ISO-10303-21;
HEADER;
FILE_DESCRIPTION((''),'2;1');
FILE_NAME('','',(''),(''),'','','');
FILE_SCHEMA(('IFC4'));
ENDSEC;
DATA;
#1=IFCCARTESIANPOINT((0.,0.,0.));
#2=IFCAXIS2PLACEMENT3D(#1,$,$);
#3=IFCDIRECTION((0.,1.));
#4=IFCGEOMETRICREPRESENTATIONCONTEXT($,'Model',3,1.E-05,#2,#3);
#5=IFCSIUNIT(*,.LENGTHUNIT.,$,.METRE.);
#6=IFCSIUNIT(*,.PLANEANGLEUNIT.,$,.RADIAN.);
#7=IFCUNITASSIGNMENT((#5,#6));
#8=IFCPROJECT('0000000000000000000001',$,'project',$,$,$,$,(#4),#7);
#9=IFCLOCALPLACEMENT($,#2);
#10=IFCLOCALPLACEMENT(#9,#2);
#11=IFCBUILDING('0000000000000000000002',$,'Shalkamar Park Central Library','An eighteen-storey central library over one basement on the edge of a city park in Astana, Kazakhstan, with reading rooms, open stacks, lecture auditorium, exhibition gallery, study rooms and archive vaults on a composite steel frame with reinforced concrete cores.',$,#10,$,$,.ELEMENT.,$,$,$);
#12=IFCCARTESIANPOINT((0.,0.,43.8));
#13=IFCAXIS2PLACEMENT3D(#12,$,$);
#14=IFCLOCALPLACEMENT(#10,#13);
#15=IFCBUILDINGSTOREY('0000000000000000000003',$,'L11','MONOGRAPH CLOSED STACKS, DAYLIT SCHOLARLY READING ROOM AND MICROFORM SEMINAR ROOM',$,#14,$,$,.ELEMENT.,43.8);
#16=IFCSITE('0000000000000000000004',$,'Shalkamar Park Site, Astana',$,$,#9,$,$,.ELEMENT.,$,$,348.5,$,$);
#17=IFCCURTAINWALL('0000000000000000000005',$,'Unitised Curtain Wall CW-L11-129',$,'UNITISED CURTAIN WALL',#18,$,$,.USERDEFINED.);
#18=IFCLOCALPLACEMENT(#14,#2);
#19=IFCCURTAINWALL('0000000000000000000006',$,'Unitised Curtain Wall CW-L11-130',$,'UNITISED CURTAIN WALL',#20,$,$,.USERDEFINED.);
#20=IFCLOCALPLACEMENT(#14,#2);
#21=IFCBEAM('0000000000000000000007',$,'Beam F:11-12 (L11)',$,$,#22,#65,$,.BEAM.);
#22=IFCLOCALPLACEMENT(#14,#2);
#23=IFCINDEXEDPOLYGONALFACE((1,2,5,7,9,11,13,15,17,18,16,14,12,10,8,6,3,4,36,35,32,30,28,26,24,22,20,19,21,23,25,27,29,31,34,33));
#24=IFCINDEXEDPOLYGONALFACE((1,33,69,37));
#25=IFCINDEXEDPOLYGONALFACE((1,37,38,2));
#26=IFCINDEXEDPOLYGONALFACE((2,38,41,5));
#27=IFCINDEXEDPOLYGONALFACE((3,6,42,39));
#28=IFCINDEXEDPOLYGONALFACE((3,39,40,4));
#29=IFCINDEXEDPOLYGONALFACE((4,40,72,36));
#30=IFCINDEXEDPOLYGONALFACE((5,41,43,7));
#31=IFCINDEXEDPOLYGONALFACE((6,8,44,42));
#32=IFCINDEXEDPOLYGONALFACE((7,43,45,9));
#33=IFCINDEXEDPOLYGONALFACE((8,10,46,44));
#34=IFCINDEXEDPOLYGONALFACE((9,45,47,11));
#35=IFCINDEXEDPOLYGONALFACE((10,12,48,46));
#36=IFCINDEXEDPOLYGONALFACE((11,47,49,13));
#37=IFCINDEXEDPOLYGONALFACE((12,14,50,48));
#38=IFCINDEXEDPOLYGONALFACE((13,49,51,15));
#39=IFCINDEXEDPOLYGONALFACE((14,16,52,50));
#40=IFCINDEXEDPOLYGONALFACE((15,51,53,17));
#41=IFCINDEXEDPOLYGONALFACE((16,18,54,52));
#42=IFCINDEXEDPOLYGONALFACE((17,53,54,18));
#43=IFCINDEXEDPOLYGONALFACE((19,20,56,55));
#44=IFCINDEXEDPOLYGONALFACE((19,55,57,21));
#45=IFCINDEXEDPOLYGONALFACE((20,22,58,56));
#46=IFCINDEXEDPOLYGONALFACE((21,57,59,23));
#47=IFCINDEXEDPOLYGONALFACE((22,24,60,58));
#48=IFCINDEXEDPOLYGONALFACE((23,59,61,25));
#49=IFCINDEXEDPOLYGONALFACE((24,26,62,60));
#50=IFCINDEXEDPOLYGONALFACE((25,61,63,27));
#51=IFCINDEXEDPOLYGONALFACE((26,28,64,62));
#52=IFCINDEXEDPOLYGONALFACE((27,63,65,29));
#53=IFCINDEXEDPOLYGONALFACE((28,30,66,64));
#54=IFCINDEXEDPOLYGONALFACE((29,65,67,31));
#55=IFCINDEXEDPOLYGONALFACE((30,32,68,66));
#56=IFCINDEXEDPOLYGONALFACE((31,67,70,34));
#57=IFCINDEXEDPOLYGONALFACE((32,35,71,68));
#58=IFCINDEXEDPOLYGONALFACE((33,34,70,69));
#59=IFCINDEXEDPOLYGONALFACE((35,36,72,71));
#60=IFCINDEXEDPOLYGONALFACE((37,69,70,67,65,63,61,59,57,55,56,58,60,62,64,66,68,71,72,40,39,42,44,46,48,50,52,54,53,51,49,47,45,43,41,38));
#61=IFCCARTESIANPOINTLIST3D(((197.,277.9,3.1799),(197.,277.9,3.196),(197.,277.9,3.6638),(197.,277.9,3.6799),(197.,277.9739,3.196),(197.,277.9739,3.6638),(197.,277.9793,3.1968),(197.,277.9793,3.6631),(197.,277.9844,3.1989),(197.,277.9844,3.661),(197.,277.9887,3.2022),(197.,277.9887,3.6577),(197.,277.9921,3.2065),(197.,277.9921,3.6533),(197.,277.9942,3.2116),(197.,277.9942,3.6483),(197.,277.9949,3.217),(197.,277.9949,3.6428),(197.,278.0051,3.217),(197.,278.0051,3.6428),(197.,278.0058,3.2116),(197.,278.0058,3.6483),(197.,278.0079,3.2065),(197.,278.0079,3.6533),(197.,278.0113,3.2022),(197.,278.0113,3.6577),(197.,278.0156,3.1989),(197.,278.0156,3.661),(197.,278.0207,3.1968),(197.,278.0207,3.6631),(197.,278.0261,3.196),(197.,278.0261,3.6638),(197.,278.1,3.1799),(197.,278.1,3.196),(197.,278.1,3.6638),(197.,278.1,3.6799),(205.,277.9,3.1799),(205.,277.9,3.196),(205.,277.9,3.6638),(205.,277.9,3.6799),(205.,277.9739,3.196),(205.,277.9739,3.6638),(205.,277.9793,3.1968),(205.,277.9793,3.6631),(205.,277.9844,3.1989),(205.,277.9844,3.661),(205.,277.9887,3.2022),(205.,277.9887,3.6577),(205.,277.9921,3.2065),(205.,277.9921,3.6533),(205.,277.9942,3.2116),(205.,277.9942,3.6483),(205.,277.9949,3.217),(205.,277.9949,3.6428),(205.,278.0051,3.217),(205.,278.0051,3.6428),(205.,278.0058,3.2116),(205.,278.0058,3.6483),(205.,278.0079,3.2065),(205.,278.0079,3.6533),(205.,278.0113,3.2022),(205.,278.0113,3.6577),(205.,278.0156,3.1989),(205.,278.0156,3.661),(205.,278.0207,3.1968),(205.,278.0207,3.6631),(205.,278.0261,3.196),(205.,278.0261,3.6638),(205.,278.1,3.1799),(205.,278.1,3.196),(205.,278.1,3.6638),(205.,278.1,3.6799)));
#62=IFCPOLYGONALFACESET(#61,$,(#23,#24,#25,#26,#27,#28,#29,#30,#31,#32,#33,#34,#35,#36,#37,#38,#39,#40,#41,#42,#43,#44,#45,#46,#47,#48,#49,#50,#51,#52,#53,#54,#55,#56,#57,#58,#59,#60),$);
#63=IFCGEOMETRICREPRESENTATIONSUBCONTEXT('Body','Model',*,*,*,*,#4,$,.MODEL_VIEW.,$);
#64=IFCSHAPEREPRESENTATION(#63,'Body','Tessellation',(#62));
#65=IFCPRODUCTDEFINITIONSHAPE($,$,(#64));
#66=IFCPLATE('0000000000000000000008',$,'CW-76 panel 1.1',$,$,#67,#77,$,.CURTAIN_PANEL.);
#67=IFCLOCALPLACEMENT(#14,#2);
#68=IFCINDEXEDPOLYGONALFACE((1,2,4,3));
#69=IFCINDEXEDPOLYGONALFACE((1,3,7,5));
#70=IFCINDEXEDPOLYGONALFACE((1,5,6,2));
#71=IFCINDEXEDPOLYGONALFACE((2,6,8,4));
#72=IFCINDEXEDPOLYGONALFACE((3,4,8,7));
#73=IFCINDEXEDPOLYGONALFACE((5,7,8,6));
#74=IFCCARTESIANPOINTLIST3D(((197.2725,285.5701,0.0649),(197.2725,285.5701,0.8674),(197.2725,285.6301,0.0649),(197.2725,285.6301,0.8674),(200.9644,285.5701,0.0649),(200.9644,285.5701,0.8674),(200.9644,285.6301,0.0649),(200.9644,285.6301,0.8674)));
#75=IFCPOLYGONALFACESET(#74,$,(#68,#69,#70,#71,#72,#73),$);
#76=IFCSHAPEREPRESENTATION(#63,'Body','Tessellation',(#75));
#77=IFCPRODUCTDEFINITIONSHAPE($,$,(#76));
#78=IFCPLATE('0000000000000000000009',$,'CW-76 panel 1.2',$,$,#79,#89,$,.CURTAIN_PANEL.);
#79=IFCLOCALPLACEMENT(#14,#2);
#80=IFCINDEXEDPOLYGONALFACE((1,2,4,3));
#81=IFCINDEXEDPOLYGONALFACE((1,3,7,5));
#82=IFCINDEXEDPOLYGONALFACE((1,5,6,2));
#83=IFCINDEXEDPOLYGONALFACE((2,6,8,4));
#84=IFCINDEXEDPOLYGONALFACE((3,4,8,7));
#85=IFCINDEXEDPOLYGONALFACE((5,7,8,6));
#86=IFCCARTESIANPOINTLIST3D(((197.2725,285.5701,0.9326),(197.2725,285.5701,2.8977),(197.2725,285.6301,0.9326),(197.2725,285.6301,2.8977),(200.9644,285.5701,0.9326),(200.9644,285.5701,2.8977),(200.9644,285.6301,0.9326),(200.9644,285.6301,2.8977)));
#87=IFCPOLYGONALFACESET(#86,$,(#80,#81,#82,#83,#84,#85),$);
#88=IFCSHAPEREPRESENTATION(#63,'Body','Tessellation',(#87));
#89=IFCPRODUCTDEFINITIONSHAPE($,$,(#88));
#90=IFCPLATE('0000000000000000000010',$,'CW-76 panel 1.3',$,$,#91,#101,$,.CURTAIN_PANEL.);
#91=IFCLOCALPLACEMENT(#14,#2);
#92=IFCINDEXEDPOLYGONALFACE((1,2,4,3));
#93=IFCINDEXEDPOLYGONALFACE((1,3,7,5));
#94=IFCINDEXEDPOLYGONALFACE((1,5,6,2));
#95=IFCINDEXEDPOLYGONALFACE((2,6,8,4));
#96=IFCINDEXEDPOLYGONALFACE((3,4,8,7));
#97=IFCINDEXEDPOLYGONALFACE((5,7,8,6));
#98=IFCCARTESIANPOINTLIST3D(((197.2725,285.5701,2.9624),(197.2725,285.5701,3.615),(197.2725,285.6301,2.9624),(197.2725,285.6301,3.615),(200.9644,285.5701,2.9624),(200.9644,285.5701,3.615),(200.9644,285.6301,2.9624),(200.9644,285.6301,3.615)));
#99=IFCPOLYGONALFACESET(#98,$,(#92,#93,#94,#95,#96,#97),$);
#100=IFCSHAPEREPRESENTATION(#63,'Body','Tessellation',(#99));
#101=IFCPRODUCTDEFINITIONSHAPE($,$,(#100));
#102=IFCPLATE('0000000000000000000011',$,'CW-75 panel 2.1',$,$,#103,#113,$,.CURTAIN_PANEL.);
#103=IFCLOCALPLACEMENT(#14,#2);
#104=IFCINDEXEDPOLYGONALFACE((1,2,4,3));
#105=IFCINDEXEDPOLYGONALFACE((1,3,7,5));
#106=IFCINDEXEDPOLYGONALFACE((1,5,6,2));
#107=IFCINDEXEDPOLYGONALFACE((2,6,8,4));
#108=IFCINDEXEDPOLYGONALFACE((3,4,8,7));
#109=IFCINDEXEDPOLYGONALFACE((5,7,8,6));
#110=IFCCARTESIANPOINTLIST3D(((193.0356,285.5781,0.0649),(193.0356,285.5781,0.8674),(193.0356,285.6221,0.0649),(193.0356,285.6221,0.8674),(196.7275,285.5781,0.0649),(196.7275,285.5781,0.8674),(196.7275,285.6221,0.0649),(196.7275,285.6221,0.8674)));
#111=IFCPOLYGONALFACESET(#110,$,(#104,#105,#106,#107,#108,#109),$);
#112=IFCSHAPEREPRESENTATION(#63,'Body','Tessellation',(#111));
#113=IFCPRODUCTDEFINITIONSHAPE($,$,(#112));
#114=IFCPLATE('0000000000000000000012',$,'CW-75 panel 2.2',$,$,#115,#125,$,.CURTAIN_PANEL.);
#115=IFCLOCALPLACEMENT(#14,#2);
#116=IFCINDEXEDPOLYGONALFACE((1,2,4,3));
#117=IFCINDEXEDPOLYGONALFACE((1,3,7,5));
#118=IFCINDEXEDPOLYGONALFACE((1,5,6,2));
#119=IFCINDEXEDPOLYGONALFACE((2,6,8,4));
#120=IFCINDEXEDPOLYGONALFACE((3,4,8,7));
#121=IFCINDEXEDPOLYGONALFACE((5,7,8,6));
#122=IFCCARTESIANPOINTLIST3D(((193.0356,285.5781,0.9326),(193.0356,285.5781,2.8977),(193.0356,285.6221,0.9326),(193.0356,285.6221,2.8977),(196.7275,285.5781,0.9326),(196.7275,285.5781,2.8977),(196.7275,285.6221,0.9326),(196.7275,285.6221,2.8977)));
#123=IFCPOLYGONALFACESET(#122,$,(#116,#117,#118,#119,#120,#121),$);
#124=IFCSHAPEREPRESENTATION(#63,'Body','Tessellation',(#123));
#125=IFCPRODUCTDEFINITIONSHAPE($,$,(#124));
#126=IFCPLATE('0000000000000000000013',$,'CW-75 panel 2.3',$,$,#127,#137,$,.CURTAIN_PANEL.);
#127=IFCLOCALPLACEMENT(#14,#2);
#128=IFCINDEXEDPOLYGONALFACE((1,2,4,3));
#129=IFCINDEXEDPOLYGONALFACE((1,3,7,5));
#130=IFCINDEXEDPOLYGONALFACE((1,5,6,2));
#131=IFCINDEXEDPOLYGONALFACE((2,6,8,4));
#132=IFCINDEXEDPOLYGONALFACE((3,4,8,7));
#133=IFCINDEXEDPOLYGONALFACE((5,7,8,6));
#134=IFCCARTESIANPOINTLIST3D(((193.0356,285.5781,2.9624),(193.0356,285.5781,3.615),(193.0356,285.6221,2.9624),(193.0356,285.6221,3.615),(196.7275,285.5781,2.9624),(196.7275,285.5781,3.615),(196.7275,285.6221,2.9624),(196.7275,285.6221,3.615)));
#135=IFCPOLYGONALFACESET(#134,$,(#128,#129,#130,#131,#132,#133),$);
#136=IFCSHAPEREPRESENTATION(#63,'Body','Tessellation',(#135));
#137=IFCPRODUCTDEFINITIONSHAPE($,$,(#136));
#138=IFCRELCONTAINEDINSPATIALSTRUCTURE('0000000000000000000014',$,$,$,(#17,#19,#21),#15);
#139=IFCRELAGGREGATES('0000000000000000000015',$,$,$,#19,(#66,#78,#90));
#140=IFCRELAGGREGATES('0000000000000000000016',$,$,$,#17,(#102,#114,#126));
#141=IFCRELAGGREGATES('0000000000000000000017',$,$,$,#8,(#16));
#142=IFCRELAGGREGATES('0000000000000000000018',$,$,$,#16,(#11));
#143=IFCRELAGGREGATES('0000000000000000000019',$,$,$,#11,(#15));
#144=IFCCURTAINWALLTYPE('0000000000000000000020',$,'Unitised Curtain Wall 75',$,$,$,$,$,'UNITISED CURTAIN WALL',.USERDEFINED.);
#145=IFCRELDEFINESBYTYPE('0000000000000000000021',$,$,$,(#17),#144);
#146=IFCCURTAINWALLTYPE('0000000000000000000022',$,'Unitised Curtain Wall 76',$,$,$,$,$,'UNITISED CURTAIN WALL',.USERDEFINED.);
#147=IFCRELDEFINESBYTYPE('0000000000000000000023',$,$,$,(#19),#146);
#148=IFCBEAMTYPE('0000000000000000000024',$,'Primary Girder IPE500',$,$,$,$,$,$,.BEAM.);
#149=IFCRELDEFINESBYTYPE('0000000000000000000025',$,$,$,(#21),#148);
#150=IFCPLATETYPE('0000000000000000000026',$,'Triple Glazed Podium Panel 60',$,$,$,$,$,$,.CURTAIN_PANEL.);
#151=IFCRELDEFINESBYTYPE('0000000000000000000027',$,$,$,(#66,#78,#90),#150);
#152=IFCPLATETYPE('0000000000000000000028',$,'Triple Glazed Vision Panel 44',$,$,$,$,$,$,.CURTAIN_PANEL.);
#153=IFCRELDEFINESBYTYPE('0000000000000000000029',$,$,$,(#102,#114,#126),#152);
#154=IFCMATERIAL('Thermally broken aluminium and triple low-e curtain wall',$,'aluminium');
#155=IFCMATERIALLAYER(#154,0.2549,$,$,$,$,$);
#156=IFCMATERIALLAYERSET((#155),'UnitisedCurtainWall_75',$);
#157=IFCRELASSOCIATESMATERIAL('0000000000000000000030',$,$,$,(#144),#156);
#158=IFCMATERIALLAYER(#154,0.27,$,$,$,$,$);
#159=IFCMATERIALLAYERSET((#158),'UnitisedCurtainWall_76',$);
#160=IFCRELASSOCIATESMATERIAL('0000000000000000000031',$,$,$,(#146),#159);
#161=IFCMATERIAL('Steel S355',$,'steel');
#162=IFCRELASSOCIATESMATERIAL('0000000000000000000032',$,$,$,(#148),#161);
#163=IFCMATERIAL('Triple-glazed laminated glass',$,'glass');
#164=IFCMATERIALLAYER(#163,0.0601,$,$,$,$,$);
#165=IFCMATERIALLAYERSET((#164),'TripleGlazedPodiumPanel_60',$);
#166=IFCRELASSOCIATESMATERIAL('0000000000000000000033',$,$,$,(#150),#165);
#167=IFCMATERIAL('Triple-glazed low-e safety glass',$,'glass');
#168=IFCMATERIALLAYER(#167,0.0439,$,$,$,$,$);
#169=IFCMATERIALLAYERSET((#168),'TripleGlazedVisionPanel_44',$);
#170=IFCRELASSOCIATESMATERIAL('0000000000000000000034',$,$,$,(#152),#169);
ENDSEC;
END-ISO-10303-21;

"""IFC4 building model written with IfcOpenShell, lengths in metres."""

from ifc_helpers import new_model, si_unit, direction, frame, origin, origin_2d, place, context, subcontext, project, spatial, rectangle, i_section, extrude, material, layer, layer_set, material_profile, profile_set, type_object, element, aggregate, save


model = new_model("IFC4")

# Units and contexts
model_context = context("Model", 3, precision=1e-05, world=origin(), true_north=direction((0.0, 1.0)))
body_context = subcontext(model_context, "Body", "Model", "MODEL_VIEW")
ifc_project = project(units=[si_unit("LENGTHUNIT", "METRE"), si_unit("PLANEANGLEUNIT", "RADIAN")], contexts=[model_context])

# Site, building, storey
site_placement = place(None, origin())
site = spatial("IfcSite", under=ifc_project, at=site_placement, Name="Shalkamar Park Site, Astana", CompositionType="ELEMENT", RefElevation=348.5)
building_placement = place(site_placement, origin())
building = spatial("IfcBuilding", under=site, at=building_placement, Name="Shalkamar Park Central Library", Description="An eighteen-storey central library over one basement on the edge of a city park in Astana, Kazakhstan, with reading rooms, open stacks, lecture auditorium, exhibition gallery, study rooms and archive vaults on a composite steel frame with reinforced concrete cores.", CompositionType="ELEMENT")
storey_placement = place(building_placement, frame((0.0, 0.0, 43.8)))
storey = spatial("IfcBuildingStorey", under=building, at=storey_placement, Name="L11", Description="MONOGRAPH CLOSED STACKS, DAYLIT SCHOLARLY READING ROOM AND MICROFORM SEMINAR ROOM", CompositionType="ELEMENT", Elevation=43.8)

# Shared definitions
ifc_material_1 = material(Name="Steel S355", Category="steel")

# Curtain walls
ifc_material_2 = material(Name="Thermally broken aluminium and triple low-e curtain wall", Category="aluminium")
ifc_layer_1 = layer(ifc_material_2, 0.2549)
ifc_layer_set_1 = layer_set([ifc_layer_1], Name="UnitisedCurtainWall_75")
curtain_wall_type_1 = type_object("IfcCurtainWallType", Name="Unitised Curtain Wall 75", ElementType="UNITISED CURTAIN WALL", PredefinedType="USERDEFINED", material=ifc_layer_set_1)
curtain_wall_1_placement = place(storey_placement, origin())
curtain_wall_1 = element("IfcCurtainWall", 1, at=curtain_wall_1_placement, inside=storey, type_object=curtain_wall_type_1, Name="Unitised Curtain Wall CW-L11-129", ObjectType="UNITISED CURTAIN WALL", PredefinedType="USERDEFINED")
ifc_layer_2 = layer(ifc_material_2, 0.27)
ifc_layer_set_2 = layer_set([ifc_layer_2], Name="UnitisedCurtainWall_76")
curtain_wall_type_2 = type_object("IfcCurtainWallType", Name="Unitised Curtain Wall 76", ElementType="UNITISED CURTAIN WALL", PredefinedType="USERDEFINED", material=ifc_layer_set_2)
curtain_wall_2_placement = place(storey_placement, origin())
curtain_wall_2 = element("IfcCurtainWall", 2, at=curtain_wall_2_placement, inside=storey, type_object=curtain_wall_type_2, Name="Unitised Curtain Wall CW-L11-130", ObjectType="UNITISED CURTAIN WALL", PredefinedType="USERDEFINED")

# Beam
ifc_material_profile_1 = material_profile(ifc_material_1, i_section(OverallWidth=0.2, OverallDepth=0.5, WebThickness=0.0103, FlangeThickness=0.0161, FilletRadius=0.021, at=origin_2d()), Name="IPE 500")
ifc_profile_set_1 = profile_set([ifc_material_profile_1], Name="Steel S355")
beam_type_1 = type_object("IfcBeamType", Name="Primary Girder IPE500", PredefinedType="BEAM", material=ifc_profile_set_1)
beam_1_placement = place(storey_placement, frame((197.0, 278.0, 3.4299), z_axis=(1.0, 0.0, 0.0), x_axis=(0.0, 1.0, 0.0)))
element("IfcBeam", 3, at=beam_1_placement, inside=storey, type_object=beam_type_1, Name="Beam F:11-12 (L11)", PredefinedType="BEAM", context=body_context, shape_type="SweptSolid", body=[
    extrude(i_section(OverallWidth=0.2, OverallDepth=0.5, WebThickness=0.0103, FlangeThickness=0.0161, FilletRadius=0.021, at=origin_2d()), origin(), (0.0, 0.0, 1.0), 8.0),
])

# Plates
ifc_material_3 = material(Name="Triple-glazed laminated glass", Category="glass")
ifc_layer_3 = layer(ifc_material_3, 0.0601)
ifc_layer_set_3 = layer_set([ifc_layer_3], Name="TripleGlazedPodiumPanel_60")
plate_type_1 = type_object("IfcPlateType", Name="Triple Glazed Podium Panel 60", PredefinedType="CURTAIN_PANEL", material=ifc_layer_set_3)
plate_1_placement = place(storey_placement, frame((199.1184, 285.6001, 0.0649), z_axis=(0.0, 0.0, 1.0), x_axis=(1.0, 0.0, 0.0)))
plate_1 = element("IfcPlate", 4, at=plate_1_placement, type_object=plate_type_1, Name="CW-76 panel 1.1", PredefinedType="CURTAIN_PANEL", context=body_context, shape_type="SweptSolid", body=[
    extrude(rectangle(XDim=3.6919, YDim=0.0601, at=origin_2d()), origin(), (0.0, 0.0, 1.0), 0.8025),
])
plate_2_placement = place(storey_placement, frame((199.1184, 285.6001, 0.9326), z_axis=(0.0, 0.0, 1.0), x_axis=(1.0, 0.0, 0.0)))
plate_2 = element("IfcPlate", 5, at=plate_2_placement, type_object=plate_type_1, Name="CW-76 panel 1.2", PredefinedType="CURTAIN_PANEL", context=body_context, shape_type="SweptSolid", body=[
    extrude(rectangle(XDim=3.6919, YDim=0.0601, at=origin_2d()), origin(), (0.0, 0.0, 1.0), 1.9651),
])
plate_3_placement = place(storey_placement, frame((199.1184, 285.6001, 2.9624), z_axis=(0.0, 0.0, 1.0), x_axis=(1.0, 0.0, 0.0)))
plate_3 = element("IfcPlate", 6, at=plate_3_placement, type_object=plate_type_1, Name="CW-76 panel 1.3", PredefinedType="CURTAIN_PANEL", context=body_context, shape_type="SweptSolid", body=[
    extrude(rectangle(XDim=3.6919, YDim=0.0601, at=origin_2d()), origin(), (0.0, 0.0, 1.0), 0.6526),
])
aggregate(curtain_wall_2, [plate_1, plate_2, plate_3])
ifc_material_4 = material(Name="Triple-glazed low-e safety glass", Category="glass")
ifc_layer_4 = layer(ifc_material_4, 0.0439)
ifc_layer_set_4 = layer_set([ifc_layer_4], Name="TripleGlazedVisionPanel_44")
plate_type_2 = type_object("IfcPlateType", Name="Triple Glazed Vision Panel 44", PredefinedType="CURTAIN_PANEL", material=ifc_layer_set_4)
plate_4_placement = place(storey_placement, frame((194.8816, 285.6001, 0.0649), z_axis=(0.0, 0.0, 1.0), x_axis=(1.0, 0.0, 0.0)))
plate_4 = element("IfcPlate", 7, at=plate_4_placement, type_object=plate_type_2, Name="CW-75 panel 2.1", PredefinedType="CURTAIN_PANEL", context=body_context, shape_type="SweptSolid", body=[
    extrude(rectangle(XDim=3.6919, YDim=0.0439, at=origin_2d()), origin(), (0.0, 0.0, 1.0), 0.8025),
])
plate_5_placement = place(storey_placement, frame((194.8816, 285.6001, 0.9326), z_axis=(0.0, 0.0, 1.0), x_axis=(1.0, 0.0, 0.0)))
plate_5 = element("IfcPlate", 8, at=plate_5_placement, type_object=plate_type_2, Name="CW-75 panel 2.2", PredefinedType="CURTAIN_PANEL", context=body_context, shape_type="SweptSolid", body=[
    extrude(rectangle(XDim=3.6919, YDim=0.0439, at=origin_2d()), origin(), (0.0, 0.0, 1.0), 1.9651),
])
plate_6_placement = place(storey_placement, frame((194.8816, 285.6001, 2.9624), z_axis=(0.0, 0.0, 1.0), x_axis=(1.0, 0.0, 0.0)))
plate_6 = element("IfcPlate", 9, at=plate_6_placement, type_object=plate_type_2, Name="CW-75 panel 2.3", PredefinedType="CURTAIN_PANEL", context=body_context, shape_type="SweptSolid", body=[
    extrude(rectangle(XDim=3.6919, YDim=0.0439, at=origin_2d()), origin(), (0.0, 0.0, 1.0), 0.6526),
])
aggregate(curtain_wall_1, [plate_4, plate_5, plate_6])

save(model, "model.ifc")
